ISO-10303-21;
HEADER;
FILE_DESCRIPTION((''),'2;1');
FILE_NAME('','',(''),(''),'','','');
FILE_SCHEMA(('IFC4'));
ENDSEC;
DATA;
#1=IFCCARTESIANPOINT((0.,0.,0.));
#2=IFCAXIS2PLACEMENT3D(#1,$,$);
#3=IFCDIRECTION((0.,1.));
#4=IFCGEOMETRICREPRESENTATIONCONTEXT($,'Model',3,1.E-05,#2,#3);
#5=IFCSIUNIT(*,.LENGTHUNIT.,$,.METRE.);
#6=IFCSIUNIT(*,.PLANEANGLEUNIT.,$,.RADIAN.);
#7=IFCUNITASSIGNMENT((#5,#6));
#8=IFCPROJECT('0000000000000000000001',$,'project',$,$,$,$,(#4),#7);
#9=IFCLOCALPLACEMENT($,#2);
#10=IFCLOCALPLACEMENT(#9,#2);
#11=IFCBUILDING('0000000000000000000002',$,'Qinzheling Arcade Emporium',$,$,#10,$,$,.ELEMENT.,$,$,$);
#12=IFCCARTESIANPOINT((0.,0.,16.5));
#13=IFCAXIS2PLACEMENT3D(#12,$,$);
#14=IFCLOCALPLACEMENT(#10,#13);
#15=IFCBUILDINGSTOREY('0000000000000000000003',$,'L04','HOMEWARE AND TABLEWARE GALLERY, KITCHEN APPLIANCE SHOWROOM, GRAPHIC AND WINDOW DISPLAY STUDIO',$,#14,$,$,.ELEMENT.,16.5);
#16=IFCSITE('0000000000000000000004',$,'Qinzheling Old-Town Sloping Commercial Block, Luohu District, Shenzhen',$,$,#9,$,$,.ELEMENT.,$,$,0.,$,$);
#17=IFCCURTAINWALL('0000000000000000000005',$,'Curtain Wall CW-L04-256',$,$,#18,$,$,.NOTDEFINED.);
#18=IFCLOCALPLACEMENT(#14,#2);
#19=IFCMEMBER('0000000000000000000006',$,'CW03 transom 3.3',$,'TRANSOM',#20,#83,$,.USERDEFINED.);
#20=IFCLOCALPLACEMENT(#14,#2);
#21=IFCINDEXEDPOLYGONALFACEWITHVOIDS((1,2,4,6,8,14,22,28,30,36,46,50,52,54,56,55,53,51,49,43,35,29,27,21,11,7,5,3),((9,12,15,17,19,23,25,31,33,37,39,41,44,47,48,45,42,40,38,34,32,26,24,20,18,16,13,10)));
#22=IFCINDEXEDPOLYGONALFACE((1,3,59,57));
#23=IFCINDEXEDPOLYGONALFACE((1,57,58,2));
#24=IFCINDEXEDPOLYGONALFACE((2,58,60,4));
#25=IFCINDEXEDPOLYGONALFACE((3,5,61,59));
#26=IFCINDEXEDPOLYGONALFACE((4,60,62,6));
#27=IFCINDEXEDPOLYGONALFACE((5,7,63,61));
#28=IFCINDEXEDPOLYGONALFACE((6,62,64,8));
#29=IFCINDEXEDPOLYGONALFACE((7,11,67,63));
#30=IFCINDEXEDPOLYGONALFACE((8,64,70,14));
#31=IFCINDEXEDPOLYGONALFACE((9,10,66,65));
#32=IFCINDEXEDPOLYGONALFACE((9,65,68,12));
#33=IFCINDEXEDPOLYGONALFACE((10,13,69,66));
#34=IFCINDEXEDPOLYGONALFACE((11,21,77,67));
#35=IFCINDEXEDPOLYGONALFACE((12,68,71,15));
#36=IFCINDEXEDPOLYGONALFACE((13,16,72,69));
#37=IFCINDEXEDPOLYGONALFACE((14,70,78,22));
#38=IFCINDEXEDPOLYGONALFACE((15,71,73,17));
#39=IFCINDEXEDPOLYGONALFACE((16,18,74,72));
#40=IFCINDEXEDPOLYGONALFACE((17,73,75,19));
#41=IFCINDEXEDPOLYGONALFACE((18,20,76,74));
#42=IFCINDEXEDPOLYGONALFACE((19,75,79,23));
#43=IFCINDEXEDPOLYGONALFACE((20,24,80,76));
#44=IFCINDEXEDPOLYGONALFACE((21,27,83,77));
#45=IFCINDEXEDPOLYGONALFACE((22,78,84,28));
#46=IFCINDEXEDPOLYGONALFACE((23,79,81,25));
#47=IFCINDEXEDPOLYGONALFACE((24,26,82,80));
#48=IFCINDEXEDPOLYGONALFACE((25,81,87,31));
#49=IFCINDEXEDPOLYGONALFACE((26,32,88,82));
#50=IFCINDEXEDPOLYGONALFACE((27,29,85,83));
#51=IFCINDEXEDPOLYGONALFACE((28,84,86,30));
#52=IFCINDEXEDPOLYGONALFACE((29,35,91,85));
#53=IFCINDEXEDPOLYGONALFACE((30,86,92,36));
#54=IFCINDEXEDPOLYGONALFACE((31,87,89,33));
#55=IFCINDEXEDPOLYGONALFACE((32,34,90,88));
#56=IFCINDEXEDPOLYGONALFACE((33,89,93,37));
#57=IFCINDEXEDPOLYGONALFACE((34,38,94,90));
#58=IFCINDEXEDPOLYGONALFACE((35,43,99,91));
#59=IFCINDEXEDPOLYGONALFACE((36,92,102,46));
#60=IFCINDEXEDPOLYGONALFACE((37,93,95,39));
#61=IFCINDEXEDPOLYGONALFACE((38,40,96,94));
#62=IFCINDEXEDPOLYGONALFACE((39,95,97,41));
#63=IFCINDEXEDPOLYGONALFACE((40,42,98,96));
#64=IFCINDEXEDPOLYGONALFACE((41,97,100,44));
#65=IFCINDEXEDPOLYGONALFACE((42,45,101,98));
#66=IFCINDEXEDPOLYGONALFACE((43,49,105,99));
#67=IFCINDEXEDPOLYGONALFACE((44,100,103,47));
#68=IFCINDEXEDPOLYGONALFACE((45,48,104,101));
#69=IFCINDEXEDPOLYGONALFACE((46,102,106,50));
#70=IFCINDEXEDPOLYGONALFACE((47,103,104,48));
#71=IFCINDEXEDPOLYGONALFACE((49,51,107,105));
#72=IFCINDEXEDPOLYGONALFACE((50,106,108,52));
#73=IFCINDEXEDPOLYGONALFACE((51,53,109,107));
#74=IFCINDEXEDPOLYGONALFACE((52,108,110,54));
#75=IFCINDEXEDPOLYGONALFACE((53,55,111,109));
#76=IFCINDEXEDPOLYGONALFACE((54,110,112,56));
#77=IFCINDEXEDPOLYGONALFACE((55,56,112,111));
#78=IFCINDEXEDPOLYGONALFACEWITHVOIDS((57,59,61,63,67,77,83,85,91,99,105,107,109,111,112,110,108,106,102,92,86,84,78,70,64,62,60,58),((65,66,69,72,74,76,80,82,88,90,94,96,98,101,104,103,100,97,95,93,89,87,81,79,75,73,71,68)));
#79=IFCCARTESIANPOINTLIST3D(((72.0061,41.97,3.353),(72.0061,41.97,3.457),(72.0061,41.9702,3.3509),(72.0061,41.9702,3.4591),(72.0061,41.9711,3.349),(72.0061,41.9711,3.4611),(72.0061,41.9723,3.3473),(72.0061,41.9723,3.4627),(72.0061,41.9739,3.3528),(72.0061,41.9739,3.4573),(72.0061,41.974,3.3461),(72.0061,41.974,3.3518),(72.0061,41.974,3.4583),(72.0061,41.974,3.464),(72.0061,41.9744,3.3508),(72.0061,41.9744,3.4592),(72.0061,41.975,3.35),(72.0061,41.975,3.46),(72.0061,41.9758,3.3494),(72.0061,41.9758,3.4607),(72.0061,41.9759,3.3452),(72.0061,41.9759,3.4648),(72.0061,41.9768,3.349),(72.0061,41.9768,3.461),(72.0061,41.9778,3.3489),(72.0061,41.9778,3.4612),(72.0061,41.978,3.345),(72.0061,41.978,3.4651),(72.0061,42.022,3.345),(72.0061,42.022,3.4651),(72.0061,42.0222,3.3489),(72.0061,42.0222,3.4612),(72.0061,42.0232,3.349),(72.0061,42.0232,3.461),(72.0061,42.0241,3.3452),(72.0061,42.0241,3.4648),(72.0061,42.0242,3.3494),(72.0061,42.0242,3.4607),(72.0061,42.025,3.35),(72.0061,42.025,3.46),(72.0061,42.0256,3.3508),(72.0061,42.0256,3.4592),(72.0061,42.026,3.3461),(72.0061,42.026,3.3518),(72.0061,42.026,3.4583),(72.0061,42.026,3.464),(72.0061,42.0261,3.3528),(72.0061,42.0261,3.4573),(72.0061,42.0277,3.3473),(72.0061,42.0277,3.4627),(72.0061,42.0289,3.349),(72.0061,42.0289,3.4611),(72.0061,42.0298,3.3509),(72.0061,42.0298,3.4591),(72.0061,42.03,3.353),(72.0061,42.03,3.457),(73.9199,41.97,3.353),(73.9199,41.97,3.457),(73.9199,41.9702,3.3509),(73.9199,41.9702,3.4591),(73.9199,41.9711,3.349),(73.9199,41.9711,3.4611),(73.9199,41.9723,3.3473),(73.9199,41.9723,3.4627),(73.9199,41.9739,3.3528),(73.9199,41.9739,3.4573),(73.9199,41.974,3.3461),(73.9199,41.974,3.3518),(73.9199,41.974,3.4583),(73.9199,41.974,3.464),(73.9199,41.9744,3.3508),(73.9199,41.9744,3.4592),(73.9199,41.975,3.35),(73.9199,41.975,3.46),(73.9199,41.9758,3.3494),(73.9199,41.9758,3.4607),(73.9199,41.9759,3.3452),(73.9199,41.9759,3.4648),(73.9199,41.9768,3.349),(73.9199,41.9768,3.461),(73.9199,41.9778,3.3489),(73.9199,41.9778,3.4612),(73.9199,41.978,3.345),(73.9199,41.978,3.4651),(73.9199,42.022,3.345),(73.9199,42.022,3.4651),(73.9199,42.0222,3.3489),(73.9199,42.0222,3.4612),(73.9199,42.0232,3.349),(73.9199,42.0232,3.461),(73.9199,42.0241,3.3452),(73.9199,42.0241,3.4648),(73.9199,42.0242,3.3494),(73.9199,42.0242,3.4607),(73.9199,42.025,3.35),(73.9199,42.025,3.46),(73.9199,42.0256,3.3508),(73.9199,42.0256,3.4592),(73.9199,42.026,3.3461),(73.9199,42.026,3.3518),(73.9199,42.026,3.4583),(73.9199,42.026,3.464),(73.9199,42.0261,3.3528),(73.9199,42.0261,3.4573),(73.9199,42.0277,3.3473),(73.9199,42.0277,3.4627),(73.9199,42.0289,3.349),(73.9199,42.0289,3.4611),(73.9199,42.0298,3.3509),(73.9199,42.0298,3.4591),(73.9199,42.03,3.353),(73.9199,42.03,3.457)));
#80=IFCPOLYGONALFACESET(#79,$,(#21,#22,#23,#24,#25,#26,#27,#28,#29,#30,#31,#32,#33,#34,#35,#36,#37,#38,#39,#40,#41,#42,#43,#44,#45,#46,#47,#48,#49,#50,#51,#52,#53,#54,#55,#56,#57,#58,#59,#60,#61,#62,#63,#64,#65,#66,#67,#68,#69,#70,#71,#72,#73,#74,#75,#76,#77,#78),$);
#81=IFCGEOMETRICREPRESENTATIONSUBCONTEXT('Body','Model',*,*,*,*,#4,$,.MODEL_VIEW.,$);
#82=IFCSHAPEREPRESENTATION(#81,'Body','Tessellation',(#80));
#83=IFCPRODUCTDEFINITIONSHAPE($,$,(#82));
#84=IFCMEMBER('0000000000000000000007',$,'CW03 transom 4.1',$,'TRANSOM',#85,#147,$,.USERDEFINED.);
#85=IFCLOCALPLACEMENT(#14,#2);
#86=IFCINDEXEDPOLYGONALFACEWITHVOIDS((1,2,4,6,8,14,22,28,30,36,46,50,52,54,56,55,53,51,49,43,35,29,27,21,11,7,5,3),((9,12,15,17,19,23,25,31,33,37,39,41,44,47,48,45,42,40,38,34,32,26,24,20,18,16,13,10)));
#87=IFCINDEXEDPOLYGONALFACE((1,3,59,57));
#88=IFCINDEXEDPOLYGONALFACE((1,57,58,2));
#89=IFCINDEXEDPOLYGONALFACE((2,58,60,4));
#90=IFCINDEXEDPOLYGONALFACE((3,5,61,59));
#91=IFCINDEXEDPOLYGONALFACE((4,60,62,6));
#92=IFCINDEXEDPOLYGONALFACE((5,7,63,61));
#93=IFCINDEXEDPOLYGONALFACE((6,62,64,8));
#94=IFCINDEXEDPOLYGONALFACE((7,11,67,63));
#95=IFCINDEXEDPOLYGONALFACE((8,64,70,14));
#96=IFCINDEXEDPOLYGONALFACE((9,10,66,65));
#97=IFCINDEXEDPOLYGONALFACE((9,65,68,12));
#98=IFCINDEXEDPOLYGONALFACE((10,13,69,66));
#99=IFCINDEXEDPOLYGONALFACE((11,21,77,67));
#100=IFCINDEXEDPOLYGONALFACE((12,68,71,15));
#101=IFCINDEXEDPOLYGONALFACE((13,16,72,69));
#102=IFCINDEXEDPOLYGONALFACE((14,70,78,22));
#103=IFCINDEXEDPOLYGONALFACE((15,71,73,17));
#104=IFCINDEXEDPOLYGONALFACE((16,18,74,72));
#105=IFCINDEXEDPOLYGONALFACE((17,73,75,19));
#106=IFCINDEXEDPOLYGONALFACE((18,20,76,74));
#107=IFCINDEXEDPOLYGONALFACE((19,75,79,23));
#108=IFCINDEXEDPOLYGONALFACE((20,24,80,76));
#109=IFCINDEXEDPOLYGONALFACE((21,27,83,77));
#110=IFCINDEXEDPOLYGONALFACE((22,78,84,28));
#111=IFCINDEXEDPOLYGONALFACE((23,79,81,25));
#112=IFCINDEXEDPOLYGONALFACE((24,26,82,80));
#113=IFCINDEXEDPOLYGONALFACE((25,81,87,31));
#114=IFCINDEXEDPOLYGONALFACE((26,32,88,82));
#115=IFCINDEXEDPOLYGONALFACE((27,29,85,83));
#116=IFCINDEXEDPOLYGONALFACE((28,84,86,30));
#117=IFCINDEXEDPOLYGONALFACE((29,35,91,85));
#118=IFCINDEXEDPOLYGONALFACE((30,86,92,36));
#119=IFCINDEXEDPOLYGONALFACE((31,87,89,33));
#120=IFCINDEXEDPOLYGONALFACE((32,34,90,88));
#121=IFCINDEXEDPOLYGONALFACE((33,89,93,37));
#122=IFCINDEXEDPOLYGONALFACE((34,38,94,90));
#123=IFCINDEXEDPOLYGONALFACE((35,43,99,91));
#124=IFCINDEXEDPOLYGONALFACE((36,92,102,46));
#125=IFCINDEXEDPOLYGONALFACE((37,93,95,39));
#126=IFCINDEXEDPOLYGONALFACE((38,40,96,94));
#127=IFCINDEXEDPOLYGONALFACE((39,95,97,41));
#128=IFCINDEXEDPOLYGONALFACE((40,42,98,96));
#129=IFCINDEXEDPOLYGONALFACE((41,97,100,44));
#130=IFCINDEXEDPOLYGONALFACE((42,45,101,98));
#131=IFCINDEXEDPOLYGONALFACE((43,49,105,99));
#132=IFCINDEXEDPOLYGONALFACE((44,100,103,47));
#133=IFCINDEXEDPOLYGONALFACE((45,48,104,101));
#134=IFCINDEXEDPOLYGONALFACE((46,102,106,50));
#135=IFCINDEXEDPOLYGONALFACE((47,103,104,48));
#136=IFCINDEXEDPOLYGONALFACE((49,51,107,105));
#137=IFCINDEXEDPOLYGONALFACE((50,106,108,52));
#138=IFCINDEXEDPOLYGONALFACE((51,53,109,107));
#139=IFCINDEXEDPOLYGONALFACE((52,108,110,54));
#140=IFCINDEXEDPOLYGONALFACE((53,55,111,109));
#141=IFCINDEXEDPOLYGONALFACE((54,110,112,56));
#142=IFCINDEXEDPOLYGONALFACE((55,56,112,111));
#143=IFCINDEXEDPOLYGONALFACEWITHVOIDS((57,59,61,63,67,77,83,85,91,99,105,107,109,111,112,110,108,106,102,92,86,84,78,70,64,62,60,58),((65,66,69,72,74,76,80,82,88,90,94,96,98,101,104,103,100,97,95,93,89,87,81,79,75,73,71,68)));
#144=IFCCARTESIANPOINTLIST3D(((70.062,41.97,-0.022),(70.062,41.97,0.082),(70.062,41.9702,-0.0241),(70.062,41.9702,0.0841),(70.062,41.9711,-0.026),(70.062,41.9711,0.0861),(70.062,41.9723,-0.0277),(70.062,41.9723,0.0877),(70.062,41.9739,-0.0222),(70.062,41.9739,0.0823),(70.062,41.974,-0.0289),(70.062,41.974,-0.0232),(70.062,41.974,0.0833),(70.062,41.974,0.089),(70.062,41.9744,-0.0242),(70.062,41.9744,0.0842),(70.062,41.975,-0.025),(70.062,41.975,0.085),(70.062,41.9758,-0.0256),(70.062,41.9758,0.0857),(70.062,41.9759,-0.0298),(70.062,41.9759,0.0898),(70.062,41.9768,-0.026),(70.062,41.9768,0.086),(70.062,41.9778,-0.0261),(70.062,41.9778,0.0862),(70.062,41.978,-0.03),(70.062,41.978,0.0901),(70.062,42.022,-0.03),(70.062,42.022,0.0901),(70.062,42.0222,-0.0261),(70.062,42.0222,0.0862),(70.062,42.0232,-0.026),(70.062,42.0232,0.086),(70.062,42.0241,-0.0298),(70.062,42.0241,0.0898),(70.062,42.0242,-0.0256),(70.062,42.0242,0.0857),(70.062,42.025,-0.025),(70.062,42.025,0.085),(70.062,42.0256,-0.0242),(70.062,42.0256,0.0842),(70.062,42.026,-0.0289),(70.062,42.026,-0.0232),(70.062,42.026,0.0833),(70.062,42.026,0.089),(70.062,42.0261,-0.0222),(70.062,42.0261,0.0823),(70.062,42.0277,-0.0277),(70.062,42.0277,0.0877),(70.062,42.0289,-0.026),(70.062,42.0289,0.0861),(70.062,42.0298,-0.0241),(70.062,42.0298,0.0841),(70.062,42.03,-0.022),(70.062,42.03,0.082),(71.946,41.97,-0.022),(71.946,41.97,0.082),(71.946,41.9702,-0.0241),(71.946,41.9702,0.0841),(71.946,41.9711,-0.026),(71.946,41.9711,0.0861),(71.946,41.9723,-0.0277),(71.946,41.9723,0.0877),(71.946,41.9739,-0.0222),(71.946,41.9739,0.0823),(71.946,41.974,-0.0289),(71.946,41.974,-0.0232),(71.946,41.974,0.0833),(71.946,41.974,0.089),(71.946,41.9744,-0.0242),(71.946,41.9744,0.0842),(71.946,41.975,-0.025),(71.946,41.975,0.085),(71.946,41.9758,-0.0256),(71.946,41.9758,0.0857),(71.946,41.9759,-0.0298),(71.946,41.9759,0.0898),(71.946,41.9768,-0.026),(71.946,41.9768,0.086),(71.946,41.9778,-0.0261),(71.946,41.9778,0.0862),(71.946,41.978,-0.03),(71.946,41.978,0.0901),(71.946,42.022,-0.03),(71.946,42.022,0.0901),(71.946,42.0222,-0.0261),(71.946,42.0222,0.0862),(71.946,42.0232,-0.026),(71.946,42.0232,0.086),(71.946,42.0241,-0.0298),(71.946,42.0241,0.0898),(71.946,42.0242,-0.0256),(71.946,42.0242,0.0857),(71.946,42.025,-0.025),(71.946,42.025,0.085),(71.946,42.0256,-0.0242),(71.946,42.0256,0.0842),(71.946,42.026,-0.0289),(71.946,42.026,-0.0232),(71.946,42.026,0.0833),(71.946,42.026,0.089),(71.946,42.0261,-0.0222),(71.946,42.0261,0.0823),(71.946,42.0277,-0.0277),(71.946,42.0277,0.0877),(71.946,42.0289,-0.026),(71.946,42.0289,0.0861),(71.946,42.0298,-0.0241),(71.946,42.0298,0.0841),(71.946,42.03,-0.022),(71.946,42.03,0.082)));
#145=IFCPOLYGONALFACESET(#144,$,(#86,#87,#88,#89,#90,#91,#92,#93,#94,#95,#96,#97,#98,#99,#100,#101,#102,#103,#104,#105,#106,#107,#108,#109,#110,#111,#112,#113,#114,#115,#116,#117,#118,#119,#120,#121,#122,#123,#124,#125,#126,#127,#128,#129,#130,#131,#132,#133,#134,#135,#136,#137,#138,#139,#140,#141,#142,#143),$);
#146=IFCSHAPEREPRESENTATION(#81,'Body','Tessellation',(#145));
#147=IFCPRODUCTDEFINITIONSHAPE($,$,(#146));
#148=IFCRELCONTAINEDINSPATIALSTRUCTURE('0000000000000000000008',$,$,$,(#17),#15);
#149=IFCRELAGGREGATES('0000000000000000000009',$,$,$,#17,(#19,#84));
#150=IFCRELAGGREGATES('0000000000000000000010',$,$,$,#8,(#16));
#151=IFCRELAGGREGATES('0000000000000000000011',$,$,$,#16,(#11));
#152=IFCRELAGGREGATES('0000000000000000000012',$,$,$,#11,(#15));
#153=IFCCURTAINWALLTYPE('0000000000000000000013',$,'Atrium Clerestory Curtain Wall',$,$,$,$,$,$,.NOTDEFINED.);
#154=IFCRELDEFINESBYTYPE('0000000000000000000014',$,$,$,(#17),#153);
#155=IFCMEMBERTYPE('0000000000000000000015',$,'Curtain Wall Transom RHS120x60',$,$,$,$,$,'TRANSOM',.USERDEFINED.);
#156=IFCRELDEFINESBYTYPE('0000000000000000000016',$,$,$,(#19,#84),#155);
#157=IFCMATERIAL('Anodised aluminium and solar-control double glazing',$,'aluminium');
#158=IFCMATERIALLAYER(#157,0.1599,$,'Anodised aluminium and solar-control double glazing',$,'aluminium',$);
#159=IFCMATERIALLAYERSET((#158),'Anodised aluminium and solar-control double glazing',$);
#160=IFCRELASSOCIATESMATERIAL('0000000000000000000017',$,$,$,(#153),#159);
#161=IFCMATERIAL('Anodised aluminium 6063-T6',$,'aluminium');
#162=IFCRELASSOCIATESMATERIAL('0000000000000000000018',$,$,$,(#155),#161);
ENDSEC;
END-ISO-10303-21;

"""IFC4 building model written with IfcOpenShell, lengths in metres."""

from ifc_helpers import new_model, si_unit, direction, frame, origin, origin_2d, place, context, subcontext, project, spatial, hollow_rectangle, extrude, material, layer, layer_set, material_profile, profile_set, type_object, element, aggregate, save


model = new_model("IFC4")

# Units and contexts
model_context = context("Model", 3, precision=1e-05, world=origin(), true_north=direction((0.0, 1.0)))
body_context = subcontext(model_context, "Body", "Model", "MODEL_VIEW")
ifc_project = project(units=[si_unit("LENGTHUNIT", "METRE"), si_unit("PLANEANGLEUNIT", "RADIAN")], contexts=[model_context])

# Site, building, storey
site_placement = place(None, origin())
site = spatial("IfcSite", under=ifc_project, at=site_placement, Name="Qinzheling Old-Town Sloping Commercial Block, Luohu District, Shenzhen", CompositionType="ELEMENT", RefElevation=0.0)
building_placement = place(site_placement, origin())
building = spatial("IfcBuilding", under=site, at=building_placement, Name="Qinzheling Arcade Emporium", CompositionType="ELEMENT")
storey_placement = place(building_placement, frame((0.0, 0.0, 16.5)))
storey = spatial("IfcBuildingStorey", under=building, at=storey_placement, Name="L04", Description="HOMEWARE AND TABLEWARE GALLERY, KITCHEN APPLIANCE SHOWROOM, GRAPHIC AND WINDOW DISPLAY STUDIO", CompositionType="ELEMENT", Elevation=16.5)

# Curtain wall, members
ifc_material_1 = material(Name="Anodised aluminium and solar-control double glazing", Category="aluminium")
ifc_layer_1 = layer(ifc_material_1, 0.1599, Name="Anodised aluminium and solar-control double glazing", Category="aluminium")
ifc_layer_set_1 = layer_set([ifc_layer_1], Name="Anodised aluminium and solar-control double glazing")
curtain_wall_type = type_object("IfcCurtainWallType", Name="Atrium Clerestory Curtain Wall", PredefinedType="NOTDEFINED", material=ifc_layer_set_1)
curtain_wall_placement = place(storey_placement, origin())
curtain_wall = element("IfcCurtainWall", 1, at=curtain_wall_placement, inside=storey, type_object=curtain_wall_type, Name="Curtain Wall CW-L04-256", PredefinedType="NOTDEFINED")
ifc_material_2 = material(Name="Anodised aluminium 6063-T6", Category="aluminium")
ifc_material_profile_1 = material_profile(ifc_material_2, hollow_rectangle(XDim=0.0601, YDim=0.1201, WallThickness=0.0039, InnerFilletRadius=0.0039, OuterFilletRadius=0.0081, at=origin_2d()), Name="RHS 120x60x4", Category="aluminium")
ifc_profile_set_1 = profile_set([ifc_material_profile_1], Name="Anodised aluminium 6063-T6")
member_type_1 = type_object("IfcMemberType", Name="Curtain Wall Transom RHS120x60", ElementType="TRANSOM", PredefinedType="USERDEFINED", material=ifc_profile_set_1)
member_1_placement = place(storey_placement, frame((73.9199, 42.0, 3.405), z_axis=(-1.0, 0.0, 0.0), x_axis=(0.0, -1.0, 0.0)))
member_1 = element("IfcMember", 2, at=member_1_placement, type_object=member_type_1, Name="CW03 transom 3.3", ObjectType="TRANSOM", PredefinedType="USERDEFINED", context=body_context, shape_type="SweptSolid", body=[
    extrude(hollow_rectangle(XDim=0.0601, YDim=0.1201, WallThickness=0.0039, InnerFilletRadius=0.0039, OuterFilletRadius=0.0081, at=origin_2d()), origin(), (0.0, 0.0, 1.0), 1.9138),
])
member_2_placement = place(storey_placement, frame((71.946, 42.0, 0.03), z_axis=(-1.0, 0.0, 0.0), x_axis=(0.0, -1.0, 0.0)))
member_2 = element("IfcMember", 3, at=member_2_placement, type_object=member_type_1, Name="CW03 transom 4.1", ObjectType="TRANSOM", PredefinedType="USERDEFINED", context=body_context, shape_type="SweptSolid", body=[
    extrude(hollow_rectangle(XDim=0.0601, YDim=0.1201, WallThickness=0.0039, InnerFilletRadius=0.0039, OuterFilletRadius=0.0081, at=origin_2d()), origin(), (0.0, 0.0, 1.0), 1.884),
])

aggregate(curtain_wall, [member_1, member_2])

save(model, "model.ifc")
